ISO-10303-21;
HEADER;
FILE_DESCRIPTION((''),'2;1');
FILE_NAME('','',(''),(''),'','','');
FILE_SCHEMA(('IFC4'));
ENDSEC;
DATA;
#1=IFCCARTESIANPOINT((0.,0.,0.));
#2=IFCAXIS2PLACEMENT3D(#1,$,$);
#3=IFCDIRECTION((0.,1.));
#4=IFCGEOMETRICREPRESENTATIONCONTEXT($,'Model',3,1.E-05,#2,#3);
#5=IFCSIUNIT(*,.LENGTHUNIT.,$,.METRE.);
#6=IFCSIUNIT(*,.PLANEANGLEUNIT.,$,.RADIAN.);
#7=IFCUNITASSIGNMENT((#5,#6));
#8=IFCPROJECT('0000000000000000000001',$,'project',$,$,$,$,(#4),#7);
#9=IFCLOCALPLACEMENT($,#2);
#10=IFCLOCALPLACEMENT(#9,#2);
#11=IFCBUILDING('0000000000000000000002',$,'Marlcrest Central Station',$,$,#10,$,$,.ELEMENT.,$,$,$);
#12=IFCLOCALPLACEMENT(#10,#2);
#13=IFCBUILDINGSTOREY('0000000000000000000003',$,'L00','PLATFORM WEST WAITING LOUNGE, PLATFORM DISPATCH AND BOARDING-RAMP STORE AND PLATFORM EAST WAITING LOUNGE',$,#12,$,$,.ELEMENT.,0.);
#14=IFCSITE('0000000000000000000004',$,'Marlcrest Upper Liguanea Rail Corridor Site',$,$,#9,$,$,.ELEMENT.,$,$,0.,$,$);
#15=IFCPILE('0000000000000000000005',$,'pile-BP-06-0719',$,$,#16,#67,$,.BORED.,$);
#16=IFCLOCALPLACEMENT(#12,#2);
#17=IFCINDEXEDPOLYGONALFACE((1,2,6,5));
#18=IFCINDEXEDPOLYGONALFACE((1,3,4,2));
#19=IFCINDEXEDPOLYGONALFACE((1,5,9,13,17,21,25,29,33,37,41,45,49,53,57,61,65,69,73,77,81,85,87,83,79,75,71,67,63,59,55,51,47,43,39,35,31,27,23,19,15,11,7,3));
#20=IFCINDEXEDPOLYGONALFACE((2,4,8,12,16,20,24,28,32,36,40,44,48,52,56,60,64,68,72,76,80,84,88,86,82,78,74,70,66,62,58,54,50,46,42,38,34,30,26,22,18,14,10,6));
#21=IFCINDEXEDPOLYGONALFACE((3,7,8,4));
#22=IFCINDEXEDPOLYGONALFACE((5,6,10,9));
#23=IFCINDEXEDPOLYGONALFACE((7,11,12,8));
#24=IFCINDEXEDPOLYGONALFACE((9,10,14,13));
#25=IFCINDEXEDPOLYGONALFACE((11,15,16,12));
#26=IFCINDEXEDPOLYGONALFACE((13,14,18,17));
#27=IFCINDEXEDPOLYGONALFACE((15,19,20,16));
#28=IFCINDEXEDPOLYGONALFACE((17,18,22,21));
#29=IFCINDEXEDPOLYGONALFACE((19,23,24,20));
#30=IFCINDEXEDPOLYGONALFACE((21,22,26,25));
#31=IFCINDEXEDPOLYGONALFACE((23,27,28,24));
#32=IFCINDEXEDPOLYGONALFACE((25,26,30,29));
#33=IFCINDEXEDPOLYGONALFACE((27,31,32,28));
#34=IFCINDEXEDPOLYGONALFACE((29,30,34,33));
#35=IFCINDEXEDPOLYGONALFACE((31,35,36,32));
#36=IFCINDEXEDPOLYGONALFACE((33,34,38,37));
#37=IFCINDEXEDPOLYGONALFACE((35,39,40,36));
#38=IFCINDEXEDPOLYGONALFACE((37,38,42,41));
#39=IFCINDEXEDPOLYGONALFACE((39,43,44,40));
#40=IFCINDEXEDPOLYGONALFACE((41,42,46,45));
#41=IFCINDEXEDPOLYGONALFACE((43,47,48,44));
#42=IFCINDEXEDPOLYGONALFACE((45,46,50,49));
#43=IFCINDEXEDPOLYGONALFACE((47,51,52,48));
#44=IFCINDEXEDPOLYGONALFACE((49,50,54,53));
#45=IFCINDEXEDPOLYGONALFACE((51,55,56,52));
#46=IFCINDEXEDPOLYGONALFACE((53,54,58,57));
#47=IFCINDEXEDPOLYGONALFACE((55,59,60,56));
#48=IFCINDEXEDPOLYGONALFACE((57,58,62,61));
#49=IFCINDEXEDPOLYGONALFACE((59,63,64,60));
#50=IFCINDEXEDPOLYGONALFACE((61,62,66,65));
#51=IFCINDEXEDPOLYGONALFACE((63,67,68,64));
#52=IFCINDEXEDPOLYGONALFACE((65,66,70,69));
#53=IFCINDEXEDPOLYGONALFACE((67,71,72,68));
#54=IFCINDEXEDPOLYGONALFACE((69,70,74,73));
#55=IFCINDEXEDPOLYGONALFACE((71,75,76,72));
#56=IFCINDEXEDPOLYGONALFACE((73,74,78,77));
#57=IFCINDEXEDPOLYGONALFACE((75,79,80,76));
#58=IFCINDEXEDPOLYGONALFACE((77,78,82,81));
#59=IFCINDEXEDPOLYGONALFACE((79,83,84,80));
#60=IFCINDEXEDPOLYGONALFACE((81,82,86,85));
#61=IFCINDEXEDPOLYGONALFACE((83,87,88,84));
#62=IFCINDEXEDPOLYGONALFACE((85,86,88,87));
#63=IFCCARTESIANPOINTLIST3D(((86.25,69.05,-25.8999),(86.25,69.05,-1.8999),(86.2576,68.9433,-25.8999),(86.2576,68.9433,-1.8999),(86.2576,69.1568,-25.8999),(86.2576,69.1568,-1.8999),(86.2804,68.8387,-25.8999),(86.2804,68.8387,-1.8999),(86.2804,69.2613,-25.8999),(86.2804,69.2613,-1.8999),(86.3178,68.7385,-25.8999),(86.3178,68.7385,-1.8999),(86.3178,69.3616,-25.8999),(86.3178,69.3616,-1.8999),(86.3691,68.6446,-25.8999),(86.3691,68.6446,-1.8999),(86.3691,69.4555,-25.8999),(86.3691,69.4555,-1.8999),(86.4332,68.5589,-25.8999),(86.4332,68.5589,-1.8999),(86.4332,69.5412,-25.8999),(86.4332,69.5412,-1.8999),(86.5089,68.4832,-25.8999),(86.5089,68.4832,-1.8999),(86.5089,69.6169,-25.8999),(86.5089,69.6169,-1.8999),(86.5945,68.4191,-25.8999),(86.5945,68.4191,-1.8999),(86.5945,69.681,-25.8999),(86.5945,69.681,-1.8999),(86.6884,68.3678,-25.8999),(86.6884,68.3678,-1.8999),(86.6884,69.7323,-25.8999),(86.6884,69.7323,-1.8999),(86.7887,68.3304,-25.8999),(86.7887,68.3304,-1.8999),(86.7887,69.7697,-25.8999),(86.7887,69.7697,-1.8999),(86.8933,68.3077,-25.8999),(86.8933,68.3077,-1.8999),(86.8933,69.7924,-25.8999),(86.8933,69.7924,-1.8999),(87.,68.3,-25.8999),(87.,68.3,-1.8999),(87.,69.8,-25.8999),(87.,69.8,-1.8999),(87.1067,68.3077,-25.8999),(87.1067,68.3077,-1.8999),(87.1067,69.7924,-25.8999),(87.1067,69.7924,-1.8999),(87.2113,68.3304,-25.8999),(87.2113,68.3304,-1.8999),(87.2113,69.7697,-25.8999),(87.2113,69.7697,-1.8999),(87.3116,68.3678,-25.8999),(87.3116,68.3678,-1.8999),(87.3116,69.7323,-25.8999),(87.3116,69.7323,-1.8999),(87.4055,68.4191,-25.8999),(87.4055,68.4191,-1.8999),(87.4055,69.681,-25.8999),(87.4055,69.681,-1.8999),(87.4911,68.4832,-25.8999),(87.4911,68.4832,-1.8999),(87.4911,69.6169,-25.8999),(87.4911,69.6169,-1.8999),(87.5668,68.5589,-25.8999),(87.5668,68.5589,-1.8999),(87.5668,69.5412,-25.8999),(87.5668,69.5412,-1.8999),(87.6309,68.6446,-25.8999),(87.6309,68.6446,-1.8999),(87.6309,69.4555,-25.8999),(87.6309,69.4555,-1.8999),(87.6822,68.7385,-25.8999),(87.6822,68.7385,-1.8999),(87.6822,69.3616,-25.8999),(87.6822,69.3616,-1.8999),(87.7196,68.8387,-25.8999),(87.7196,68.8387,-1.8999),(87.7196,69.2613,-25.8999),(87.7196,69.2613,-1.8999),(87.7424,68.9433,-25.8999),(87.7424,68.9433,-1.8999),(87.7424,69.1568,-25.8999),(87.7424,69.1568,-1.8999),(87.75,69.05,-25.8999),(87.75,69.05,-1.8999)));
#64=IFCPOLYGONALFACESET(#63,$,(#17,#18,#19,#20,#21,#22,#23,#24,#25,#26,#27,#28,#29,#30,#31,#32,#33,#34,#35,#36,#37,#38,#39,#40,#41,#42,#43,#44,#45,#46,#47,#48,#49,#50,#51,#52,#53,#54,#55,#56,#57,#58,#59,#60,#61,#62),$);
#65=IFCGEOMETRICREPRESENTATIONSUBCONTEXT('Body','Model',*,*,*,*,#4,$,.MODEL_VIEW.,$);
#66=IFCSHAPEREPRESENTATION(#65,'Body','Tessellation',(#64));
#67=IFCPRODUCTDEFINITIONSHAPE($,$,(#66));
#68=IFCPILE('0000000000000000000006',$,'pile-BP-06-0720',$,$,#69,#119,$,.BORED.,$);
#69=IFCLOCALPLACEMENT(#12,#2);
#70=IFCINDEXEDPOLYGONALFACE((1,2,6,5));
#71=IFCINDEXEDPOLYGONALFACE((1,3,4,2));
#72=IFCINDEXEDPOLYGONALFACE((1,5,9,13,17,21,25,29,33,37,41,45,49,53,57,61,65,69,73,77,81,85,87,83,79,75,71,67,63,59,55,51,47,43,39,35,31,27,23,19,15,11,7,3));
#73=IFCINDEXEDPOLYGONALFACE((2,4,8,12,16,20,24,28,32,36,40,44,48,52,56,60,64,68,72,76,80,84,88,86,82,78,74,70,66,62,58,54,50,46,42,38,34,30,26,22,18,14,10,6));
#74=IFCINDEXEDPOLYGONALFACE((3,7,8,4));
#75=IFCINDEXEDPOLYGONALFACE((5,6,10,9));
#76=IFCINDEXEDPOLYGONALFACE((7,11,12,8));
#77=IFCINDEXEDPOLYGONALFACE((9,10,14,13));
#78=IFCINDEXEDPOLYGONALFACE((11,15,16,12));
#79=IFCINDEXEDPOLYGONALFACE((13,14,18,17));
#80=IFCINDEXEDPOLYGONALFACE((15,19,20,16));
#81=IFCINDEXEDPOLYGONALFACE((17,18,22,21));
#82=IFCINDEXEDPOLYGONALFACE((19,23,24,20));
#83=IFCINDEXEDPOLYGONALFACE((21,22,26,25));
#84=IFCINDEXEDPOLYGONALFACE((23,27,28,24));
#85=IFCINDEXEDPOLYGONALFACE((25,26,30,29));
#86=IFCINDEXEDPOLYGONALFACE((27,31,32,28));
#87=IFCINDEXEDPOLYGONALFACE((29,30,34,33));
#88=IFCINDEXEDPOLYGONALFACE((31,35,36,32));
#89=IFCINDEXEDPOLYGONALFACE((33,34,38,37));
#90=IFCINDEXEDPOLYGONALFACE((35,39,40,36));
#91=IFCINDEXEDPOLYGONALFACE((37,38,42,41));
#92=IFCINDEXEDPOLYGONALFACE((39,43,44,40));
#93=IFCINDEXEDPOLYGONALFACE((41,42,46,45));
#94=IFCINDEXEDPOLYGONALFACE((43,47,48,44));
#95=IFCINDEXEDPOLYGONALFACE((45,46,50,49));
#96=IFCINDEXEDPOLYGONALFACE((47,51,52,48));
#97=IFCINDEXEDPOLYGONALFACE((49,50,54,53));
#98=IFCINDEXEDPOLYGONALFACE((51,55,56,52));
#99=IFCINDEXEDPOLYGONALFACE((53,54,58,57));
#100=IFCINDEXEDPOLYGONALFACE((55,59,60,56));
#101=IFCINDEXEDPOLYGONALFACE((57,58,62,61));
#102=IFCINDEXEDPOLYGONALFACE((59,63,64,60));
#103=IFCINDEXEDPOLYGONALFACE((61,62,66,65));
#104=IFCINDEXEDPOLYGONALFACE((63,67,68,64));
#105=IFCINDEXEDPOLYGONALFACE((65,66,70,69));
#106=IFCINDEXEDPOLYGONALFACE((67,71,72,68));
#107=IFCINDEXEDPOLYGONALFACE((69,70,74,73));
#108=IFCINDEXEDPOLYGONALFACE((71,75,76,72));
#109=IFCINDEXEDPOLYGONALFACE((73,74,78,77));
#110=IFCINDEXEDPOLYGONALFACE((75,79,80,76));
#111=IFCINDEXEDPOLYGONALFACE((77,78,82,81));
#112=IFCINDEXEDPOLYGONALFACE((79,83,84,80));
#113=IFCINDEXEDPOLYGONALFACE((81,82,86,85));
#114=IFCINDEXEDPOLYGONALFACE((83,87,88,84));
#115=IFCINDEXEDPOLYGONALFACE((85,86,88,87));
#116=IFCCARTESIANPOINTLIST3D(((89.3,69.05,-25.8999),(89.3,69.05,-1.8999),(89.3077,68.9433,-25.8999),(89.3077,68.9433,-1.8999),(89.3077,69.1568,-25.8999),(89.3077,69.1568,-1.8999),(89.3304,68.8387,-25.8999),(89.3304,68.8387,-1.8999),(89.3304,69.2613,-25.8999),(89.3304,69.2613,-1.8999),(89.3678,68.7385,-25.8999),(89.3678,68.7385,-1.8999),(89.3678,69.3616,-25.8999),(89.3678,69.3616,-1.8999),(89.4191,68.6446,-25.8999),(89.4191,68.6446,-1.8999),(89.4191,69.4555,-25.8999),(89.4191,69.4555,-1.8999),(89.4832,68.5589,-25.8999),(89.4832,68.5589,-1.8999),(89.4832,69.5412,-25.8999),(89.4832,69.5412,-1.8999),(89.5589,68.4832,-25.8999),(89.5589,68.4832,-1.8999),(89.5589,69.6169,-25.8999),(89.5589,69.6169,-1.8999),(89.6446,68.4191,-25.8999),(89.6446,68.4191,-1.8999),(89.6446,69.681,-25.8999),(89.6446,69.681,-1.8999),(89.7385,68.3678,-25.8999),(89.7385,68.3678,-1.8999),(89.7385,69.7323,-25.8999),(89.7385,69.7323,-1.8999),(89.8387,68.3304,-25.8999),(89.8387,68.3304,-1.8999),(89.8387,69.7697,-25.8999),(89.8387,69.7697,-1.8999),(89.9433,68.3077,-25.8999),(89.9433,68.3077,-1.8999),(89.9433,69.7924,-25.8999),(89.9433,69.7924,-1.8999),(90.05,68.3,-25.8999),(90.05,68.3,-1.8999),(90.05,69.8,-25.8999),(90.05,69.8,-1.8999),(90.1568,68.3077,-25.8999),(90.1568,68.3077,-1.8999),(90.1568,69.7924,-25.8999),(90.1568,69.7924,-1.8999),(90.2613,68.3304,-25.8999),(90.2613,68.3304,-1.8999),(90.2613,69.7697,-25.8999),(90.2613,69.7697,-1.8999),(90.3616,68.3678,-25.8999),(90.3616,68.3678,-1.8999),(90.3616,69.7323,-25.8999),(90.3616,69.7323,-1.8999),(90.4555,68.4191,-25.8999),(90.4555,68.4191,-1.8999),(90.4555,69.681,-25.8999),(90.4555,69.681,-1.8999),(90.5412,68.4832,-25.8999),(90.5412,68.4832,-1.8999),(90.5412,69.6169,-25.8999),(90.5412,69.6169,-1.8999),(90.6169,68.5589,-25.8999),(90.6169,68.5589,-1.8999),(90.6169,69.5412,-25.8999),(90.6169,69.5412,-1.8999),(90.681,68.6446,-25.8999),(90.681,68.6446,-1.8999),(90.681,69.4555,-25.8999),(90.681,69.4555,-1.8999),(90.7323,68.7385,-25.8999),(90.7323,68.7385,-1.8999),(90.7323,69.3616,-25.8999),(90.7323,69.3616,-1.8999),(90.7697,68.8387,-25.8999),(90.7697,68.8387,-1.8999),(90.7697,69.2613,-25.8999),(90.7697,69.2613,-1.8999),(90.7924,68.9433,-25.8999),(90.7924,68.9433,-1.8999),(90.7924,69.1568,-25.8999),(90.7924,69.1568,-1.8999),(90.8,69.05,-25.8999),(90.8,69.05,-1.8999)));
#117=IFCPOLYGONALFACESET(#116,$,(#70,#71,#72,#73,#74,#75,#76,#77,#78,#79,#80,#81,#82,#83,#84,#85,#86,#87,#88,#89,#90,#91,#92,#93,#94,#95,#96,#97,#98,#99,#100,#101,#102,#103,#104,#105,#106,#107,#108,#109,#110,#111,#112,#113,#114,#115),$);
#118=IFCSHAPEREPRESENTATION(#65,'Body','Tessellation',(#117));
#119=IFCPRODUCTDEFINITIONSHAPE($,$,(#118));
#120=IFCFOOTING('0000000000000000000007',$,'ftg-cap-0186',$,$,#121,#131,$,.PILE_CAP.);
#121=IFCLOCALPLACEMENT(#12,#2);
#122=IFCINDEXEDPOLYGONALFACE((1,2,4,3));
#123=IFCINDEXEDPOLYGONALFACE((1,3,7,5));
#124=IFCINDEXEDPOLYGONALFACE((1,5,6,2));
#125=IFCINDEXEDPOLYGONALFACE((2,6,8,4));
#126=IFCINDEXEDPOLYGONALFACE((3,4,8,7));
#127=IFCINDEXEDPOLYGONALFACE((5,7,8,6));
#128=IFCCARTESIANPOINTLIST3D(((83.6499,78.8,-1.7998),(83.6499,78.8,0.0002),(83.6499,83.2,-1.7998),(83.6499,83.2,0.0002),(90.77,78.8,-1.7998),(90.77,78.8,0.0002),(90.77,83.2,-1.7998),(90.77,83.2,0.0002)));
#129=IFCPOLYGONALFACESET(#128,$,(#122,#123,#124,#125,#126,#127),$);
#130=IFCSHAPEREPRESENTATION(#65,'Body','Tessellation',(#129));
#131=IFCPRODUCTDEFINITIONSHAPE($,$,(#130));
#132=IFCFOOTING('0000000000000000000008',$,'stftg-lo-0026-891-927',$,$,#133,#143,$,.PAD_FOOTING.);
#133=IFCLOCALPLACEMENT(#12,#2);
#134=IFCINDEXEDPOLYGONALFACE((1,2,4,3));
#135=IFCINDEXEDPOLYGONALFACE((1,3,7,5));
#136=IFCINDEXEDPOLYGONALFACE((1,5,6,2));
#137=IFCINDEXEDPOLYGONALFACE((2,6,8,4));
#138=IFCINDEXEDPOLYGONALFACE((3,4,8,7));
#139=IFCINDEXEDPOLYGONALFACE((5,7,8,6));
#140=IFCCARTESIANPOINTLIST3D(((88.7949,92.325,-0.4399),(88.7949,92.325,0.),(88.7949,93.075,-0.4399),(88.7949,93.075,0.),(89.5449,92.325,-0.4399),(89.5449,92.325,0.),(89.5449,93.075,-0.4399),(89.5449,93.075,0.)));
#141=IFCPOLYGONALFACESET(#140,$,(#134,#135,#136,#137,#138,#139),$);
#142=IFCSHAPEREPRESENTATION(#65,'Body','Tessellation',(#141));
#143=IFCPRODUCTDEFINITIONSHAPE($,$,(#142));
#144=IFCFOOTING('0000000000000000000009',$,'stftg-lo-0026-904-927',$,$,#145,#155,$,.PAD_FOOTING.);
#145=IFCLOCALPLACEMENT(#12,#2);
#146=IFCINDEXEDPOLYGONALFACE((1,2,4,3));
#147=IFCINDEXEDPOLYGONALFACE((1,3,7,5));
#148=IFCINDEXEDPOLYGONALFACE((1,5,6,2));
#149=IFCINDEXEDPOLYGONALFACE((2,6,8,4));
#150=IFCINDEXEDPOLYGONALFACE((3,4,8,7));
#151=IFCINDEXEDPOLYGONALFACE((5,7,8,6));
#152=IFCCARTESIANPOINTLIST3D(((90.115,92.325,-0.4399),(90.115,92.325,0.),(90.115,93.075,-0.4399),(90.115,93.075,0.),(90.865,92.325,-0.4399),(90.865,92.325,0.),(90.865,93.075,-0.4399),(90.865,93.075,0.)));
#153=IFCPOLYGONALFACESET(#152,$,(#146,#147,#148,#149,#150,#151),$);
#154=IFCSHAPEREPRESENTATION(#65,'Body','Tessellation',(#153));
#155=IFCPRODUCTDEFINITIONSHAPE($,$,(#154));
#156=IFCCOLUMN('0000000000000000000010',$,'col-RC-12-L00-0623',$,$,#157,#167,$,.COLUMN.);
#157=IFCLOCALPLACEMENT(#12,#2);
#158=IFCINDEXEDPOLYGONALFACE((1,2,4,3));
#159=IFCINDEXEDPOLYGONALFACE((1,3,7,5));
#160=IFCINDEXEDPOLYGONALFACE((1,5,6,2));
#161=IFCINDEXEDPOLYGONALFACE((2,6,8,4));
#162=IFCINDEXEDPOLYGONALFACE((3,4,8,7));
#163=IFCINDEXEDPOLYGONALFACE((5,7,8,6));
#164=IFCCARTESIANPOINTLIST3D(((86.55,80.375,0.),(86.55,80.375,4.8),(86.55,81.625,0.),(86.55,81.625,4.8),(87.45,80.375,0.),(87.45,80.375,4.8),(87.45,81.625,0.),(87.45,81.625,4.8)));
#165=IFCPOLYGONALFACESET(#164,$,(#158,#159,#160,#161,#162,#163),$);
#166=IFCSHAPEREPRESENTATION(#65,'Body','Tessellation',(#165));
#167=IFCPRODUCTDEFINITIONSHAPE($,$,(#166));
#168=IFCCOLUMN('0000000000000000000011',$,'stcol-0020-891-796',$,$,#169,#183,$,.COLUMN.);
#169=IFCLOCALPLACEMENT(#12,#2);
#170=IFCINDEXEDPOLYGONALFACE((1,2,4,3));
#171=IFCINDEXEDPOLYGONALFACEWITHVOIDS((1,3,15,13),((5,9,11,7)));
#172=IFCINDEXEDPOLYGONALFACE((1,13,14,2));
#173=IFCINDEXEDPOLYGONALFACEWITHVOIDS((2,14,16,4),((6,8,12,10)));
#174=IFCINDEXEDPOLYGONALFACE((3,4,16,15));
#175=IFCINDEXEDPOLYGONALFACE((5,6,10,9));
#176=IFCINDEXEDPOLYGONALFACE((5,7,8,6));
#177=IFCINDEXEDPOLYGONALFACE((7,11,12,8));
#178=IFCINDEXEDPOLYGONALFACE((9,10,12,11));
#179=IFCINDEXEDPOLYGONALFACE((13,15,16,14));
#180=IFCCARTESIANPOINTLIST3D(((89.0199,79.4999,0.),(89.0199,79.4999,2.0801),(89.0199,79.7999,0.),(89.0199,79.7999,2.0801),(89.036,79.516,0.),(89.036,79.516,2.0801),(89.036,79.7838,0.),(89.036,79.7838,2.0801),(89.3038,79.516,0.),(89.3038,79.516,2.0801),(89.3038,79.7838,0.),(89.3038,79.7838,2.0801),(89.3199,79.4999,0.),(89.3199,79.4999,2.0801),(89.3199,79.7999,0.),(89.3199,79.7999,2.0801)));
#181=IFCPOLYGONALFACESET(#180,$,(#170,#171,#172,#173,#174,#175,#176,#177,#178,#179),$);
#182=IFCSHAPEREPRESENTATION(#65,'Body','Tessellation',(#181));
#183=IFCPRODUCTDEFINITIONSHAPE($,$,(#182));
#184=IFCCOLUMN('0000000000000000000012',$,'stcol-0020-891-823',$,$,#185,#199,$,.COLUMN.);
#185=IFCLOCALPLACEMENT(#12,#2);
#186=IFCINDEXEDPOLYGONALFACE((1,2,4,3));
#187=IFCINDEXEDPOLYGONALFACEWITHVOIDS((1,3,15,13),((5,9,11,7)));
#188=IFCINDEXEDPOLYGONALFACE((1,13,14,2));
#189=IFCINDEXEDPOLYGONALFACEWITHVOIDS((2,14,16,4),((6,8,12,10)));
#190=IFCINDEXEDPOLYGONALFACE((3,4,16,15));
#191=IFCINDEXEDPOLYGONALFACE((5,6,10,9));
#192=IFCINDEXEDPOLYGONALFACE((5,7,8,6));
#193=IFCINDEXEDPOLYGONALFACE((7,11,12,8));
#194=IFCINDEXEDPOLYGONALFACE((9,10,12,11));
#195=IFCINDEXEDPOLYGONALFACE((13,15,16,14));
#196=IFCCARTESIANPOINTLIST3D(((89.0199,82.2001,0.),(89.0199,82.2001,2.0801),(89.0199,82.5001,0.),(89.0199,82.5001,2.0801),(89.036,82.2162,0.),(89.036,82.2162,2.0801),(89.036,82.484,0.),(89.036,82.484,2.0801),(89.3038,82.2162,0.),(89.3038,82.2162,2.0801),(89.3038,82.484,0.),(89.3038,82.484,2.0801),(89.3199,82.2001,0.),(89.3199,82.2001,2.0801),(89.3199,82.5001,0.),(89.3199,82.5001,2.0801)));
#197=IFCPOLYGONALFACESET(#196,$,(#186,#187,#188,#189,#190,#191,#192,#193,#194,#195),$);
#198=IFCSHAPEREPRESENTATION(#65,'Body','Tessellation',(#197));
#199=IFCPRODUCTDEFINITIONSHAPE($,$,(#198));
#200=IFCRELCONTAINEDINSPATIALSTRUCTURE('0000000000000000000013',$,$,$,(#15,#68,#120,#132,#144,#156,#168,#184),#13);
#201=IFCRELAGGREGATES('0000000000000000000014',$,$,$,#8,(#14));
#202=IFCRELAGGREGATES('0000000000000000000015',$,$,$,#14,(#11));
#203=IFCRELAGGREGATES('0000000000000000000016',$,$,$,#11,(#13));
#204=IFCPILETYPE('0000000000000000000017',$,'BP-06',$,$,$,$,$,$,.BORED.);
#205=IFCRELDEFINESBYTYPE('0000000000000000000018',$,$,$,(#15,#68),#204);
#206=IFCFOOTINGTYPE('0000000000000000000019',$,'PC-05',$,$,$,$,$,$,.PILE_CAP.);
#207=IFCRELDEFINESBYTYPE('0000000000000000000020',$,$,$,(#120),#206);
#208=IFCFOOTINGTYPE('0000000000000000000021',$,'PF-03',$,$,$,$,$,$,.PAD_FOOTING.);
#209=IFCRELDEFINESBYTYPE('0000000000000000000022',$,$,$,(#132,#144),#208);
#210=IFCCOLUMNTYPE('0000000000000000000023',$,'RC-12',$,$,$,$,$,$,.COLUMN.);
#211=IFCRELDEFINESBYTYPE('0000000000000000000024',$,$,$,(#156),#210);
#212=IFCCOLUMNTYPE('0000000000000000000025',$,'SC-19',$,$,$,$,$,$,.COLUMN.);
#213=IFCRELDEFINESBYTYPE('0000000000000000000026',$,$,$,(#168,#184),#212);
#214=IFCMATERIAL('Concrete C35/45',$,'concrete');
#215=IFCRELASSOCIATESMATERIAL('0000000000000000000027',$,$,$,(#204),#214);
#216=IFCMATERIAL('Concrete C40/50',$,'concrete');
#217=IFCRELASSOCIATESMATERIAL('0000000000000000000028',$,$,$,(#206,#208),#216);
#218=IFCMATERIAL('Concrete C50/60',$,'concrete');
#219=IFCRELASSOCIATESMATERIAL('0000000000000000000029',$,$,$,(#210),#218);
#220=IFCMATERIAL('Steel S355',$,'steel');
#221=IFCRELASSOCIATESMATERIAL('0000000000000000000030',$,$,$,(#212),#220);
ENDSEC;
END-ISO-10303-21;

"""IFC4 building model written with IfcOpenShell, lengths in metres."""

from ifc_helpers import new_model, si_unit, direction, frame, origin, origin_2d, place, context, subcontext, project, spatial, rectangle, hollow_rectangle, circle, extrude, material, material_profile, profile_set, type_object, element, save


model = new_model("IFC4")

# Units and contexts
model_context = context("Model", 3, precision=1e-05, world=origin(), true_north=direction((0.0, 1.0)))
body_context = subcontext(model_context, "Body", "Model", "MODEL_VIEW")
ifc_project = project(units=[si_unit("LENGTHUNIT", "METRE"), si_unit("PLANEANGLEUNIT", "RADIAN")], contexts=[model_context])

# Site, building, storey
site_placement = place(None, origin())
site = spatial("IfcSite", under=ifc_project, at=site_placement, Name="Marlcrest Upper Liguanea Rail Corridor Site", CompositionType="ELEMENT", RefElevation=0.0)
building_placement = place(site_placement, origin())
building = spatial("IfcBuilding", under=site, at=building_placement, Name="Marlcrest Central Station", CompositionType="ELEMENT")
storey_placement = place(building_placement, origin())
storey = spatial("IfcBuildingStorey", under=building, at=storey_placement, Name="L00", Description="PLATFORM WEST WAITING LOUNGE, PLATFORM DISPATCH AND BOARDING-RAMP STORE AND PLATFORM EAST WAITING LOUNGE", CompositionType="ELEMENT", Elevation=0.0)

# Piles
ifc_material_1 = material(Name="Concrete C35/45", Category="concrete")
ifc_material_profile_1 = material_profile(ifc_material_1, circle(Radius=0.75, at=origin_2d()), Name="PILE D1500")
ifc_profile_set_1 = profile_set([ifc_material_profile_1], Name="Concrete C35/45")
pile_type_1 = type_object("IfcPileType", Name="BP-06", PredefinedType="BORED", material=ifc_profile_set_1)
for number, where, z_axis, x_axis, name in (
    (1, (87.0, 69.05, -1.8999), (0.0, 0.0, -1.0), (1.0, 0.0, 0.0), "pile-BP-06-0719"),
    (2, (90.05, 69.05, -1.8999), (0.0, 0.0, -1.0), (1.0, 0.0, 0.0), "pile-BP-06-0720"),
):
    element("IfcPile", number, at=place(storey_placement, frame(where, z_axis=z_axis, x_axis=x_axis)), inside=storey, type_object=pile_type_1, Name=name, PredefinedType="BORED", context=body_context, shape_type="SweptSolid", body=[
        extrude(circle(Radius=0.75, at=origin_2d()), origin(), (0.0, 0.0, 1.0), 24.0),
    ])

# Footings
ifc_material_2 = material(Name="Concrete C40/50", Category="concrete")
footing_type_1 = type_object("IfcFootingType", Name="PC-05", PredefinedType="PILE_CAP", material=ifc_material_2)
footing_placement = place(storey_placement, frame((87.21, 81.0, -1.7998), z_axis=(0.0, 0.0, 1.0), x_axis=(1.0, 0.0, 0.0)))
element("IfcFooting", 3, at=footing_placement, inside=storey, type_object=footing_type_1, Name="ftg-cap-0186", PredefinedType="PILE_CAP", context=body_context, shape_type="SweptSolid", body=[
    extrude(rectangle(XDim=7.1201, YDim=4.3999, at=origin_2d()), origin(), (0.0, 0.0, 1.0), 1.8),
])
footing_type_2 = type_object("IfcFootingType", Name="PF-03", PredefinedType="PAD_FOOTING", material=ifc_material_2)
for number, where, z_axis, x_axis, name in (
    (4, (89.1699, 92.7, -0.4399), (0.0, 0.0, 1.0), (1.0, 0.0, 0.0), "stftg-lo-0026-891-927"),
    (5, (90.49, 92.7, -0.4399), (0.0, 0.0, 1.0), (1.0, 0.0, 0.0), "stftg-lo-0026-904-927"),
):
    element("IfcFooting", number, at=place(storey_placement, frame(where, z_axis=z_axis, x_axis=x_axis)), inside=storey, type_object=footing_type_2, Name=name, PredefinedType="PAD_FOOTING", context=body_context, shape_type="SweptSolid", body=[
        extrude(rectangle(XDim=0.75, YDim=0.75, at=origin_2d()), origin(), (0.0, 0.0, 1.0), 0.4399),
    ])

# Columns
ifc_material_3 = material(Name="Concrete C50/60", Category="concrete")
ifc_material_profile_2 = material_profile(ifc_material_3, rectangle(XDim=0.8999, YDim=1.25, at=origin_2d()), Name="RC 900x1250")
ifc_profile_set_2 = profile_set([ifc_material_profile_2], Name="Concrete C50/60")
column_type_1 = type_object("IfcColumnType", Name="RC-12", PredefinedType="COLUMN", material=ifc_profile_set_2)
column_placement = place(storey_placement, frame((87.0, 81.0, 0.0), z_axis=(0.0, 0.0, 1.0), x_axis=(1.0, 0.0, 0.0)))
element("IfcColumn", 6, at=column_placement, inside=storey, type_object=column_type_1, Name="col-RC-12-L00-0623", PredefinedType="COLUMN", context=body_context, shape_type="SweptSolid", body=[
    extrude(rectangle(XDim=0.8999, YDim=1.25, at=origin_2d()), origin(), (0.0, 0.0, 1.0), 4.8),
])
ifc_material_4 = material(Name="Steel S355", Category="steel")
ifc_material_profile_3 = material_profile(ifc_material_4, hollow_rectangle(XDim=0.3, YDim=0.3, WallThickness=0.0161, at=origin_2d()), Name="SHS 300x300x16")
ifc_profile_set_3 = profile_set([ifc_material_profile_3], Name="Steel S355")
column_type_2 = type_object("IfcColumnType", Name="SC-19", PredefinedType="COLUMN", material=ifc_profile_set_3)
for number, where, z_axis, x_axis, name in (
    (7, (89.1699, 79.6499, 0.0), (0.0, 0.0, 1.0), (1.0, 0.0, 0.0), "stcol-0020-891-796"),
    (8, (89.1699, 82.3501, 0.0), (0.0, 0.0, 1.0), (1.0, 0.0, 0.0), "stcol-0020-891-823"),
):
    element("IfcColumn", number, at=place(storey_placement, frame(where, z_axis=z_axis, x_axis=x_axis)), inside=storey, type_object=column_type_2, Name=name, PredefinedType="COLUMN", context=body_context, shape_type="SweptSolid", body=[
        extrude(hollow_rectangle(XDim=0.3, YDim=0.3, WallThickness=0.0161, at=origin_2d()), origin(), (0.0, 0.0, 1.0), 2.0801),
    ])

save(model, "model.ifc")
